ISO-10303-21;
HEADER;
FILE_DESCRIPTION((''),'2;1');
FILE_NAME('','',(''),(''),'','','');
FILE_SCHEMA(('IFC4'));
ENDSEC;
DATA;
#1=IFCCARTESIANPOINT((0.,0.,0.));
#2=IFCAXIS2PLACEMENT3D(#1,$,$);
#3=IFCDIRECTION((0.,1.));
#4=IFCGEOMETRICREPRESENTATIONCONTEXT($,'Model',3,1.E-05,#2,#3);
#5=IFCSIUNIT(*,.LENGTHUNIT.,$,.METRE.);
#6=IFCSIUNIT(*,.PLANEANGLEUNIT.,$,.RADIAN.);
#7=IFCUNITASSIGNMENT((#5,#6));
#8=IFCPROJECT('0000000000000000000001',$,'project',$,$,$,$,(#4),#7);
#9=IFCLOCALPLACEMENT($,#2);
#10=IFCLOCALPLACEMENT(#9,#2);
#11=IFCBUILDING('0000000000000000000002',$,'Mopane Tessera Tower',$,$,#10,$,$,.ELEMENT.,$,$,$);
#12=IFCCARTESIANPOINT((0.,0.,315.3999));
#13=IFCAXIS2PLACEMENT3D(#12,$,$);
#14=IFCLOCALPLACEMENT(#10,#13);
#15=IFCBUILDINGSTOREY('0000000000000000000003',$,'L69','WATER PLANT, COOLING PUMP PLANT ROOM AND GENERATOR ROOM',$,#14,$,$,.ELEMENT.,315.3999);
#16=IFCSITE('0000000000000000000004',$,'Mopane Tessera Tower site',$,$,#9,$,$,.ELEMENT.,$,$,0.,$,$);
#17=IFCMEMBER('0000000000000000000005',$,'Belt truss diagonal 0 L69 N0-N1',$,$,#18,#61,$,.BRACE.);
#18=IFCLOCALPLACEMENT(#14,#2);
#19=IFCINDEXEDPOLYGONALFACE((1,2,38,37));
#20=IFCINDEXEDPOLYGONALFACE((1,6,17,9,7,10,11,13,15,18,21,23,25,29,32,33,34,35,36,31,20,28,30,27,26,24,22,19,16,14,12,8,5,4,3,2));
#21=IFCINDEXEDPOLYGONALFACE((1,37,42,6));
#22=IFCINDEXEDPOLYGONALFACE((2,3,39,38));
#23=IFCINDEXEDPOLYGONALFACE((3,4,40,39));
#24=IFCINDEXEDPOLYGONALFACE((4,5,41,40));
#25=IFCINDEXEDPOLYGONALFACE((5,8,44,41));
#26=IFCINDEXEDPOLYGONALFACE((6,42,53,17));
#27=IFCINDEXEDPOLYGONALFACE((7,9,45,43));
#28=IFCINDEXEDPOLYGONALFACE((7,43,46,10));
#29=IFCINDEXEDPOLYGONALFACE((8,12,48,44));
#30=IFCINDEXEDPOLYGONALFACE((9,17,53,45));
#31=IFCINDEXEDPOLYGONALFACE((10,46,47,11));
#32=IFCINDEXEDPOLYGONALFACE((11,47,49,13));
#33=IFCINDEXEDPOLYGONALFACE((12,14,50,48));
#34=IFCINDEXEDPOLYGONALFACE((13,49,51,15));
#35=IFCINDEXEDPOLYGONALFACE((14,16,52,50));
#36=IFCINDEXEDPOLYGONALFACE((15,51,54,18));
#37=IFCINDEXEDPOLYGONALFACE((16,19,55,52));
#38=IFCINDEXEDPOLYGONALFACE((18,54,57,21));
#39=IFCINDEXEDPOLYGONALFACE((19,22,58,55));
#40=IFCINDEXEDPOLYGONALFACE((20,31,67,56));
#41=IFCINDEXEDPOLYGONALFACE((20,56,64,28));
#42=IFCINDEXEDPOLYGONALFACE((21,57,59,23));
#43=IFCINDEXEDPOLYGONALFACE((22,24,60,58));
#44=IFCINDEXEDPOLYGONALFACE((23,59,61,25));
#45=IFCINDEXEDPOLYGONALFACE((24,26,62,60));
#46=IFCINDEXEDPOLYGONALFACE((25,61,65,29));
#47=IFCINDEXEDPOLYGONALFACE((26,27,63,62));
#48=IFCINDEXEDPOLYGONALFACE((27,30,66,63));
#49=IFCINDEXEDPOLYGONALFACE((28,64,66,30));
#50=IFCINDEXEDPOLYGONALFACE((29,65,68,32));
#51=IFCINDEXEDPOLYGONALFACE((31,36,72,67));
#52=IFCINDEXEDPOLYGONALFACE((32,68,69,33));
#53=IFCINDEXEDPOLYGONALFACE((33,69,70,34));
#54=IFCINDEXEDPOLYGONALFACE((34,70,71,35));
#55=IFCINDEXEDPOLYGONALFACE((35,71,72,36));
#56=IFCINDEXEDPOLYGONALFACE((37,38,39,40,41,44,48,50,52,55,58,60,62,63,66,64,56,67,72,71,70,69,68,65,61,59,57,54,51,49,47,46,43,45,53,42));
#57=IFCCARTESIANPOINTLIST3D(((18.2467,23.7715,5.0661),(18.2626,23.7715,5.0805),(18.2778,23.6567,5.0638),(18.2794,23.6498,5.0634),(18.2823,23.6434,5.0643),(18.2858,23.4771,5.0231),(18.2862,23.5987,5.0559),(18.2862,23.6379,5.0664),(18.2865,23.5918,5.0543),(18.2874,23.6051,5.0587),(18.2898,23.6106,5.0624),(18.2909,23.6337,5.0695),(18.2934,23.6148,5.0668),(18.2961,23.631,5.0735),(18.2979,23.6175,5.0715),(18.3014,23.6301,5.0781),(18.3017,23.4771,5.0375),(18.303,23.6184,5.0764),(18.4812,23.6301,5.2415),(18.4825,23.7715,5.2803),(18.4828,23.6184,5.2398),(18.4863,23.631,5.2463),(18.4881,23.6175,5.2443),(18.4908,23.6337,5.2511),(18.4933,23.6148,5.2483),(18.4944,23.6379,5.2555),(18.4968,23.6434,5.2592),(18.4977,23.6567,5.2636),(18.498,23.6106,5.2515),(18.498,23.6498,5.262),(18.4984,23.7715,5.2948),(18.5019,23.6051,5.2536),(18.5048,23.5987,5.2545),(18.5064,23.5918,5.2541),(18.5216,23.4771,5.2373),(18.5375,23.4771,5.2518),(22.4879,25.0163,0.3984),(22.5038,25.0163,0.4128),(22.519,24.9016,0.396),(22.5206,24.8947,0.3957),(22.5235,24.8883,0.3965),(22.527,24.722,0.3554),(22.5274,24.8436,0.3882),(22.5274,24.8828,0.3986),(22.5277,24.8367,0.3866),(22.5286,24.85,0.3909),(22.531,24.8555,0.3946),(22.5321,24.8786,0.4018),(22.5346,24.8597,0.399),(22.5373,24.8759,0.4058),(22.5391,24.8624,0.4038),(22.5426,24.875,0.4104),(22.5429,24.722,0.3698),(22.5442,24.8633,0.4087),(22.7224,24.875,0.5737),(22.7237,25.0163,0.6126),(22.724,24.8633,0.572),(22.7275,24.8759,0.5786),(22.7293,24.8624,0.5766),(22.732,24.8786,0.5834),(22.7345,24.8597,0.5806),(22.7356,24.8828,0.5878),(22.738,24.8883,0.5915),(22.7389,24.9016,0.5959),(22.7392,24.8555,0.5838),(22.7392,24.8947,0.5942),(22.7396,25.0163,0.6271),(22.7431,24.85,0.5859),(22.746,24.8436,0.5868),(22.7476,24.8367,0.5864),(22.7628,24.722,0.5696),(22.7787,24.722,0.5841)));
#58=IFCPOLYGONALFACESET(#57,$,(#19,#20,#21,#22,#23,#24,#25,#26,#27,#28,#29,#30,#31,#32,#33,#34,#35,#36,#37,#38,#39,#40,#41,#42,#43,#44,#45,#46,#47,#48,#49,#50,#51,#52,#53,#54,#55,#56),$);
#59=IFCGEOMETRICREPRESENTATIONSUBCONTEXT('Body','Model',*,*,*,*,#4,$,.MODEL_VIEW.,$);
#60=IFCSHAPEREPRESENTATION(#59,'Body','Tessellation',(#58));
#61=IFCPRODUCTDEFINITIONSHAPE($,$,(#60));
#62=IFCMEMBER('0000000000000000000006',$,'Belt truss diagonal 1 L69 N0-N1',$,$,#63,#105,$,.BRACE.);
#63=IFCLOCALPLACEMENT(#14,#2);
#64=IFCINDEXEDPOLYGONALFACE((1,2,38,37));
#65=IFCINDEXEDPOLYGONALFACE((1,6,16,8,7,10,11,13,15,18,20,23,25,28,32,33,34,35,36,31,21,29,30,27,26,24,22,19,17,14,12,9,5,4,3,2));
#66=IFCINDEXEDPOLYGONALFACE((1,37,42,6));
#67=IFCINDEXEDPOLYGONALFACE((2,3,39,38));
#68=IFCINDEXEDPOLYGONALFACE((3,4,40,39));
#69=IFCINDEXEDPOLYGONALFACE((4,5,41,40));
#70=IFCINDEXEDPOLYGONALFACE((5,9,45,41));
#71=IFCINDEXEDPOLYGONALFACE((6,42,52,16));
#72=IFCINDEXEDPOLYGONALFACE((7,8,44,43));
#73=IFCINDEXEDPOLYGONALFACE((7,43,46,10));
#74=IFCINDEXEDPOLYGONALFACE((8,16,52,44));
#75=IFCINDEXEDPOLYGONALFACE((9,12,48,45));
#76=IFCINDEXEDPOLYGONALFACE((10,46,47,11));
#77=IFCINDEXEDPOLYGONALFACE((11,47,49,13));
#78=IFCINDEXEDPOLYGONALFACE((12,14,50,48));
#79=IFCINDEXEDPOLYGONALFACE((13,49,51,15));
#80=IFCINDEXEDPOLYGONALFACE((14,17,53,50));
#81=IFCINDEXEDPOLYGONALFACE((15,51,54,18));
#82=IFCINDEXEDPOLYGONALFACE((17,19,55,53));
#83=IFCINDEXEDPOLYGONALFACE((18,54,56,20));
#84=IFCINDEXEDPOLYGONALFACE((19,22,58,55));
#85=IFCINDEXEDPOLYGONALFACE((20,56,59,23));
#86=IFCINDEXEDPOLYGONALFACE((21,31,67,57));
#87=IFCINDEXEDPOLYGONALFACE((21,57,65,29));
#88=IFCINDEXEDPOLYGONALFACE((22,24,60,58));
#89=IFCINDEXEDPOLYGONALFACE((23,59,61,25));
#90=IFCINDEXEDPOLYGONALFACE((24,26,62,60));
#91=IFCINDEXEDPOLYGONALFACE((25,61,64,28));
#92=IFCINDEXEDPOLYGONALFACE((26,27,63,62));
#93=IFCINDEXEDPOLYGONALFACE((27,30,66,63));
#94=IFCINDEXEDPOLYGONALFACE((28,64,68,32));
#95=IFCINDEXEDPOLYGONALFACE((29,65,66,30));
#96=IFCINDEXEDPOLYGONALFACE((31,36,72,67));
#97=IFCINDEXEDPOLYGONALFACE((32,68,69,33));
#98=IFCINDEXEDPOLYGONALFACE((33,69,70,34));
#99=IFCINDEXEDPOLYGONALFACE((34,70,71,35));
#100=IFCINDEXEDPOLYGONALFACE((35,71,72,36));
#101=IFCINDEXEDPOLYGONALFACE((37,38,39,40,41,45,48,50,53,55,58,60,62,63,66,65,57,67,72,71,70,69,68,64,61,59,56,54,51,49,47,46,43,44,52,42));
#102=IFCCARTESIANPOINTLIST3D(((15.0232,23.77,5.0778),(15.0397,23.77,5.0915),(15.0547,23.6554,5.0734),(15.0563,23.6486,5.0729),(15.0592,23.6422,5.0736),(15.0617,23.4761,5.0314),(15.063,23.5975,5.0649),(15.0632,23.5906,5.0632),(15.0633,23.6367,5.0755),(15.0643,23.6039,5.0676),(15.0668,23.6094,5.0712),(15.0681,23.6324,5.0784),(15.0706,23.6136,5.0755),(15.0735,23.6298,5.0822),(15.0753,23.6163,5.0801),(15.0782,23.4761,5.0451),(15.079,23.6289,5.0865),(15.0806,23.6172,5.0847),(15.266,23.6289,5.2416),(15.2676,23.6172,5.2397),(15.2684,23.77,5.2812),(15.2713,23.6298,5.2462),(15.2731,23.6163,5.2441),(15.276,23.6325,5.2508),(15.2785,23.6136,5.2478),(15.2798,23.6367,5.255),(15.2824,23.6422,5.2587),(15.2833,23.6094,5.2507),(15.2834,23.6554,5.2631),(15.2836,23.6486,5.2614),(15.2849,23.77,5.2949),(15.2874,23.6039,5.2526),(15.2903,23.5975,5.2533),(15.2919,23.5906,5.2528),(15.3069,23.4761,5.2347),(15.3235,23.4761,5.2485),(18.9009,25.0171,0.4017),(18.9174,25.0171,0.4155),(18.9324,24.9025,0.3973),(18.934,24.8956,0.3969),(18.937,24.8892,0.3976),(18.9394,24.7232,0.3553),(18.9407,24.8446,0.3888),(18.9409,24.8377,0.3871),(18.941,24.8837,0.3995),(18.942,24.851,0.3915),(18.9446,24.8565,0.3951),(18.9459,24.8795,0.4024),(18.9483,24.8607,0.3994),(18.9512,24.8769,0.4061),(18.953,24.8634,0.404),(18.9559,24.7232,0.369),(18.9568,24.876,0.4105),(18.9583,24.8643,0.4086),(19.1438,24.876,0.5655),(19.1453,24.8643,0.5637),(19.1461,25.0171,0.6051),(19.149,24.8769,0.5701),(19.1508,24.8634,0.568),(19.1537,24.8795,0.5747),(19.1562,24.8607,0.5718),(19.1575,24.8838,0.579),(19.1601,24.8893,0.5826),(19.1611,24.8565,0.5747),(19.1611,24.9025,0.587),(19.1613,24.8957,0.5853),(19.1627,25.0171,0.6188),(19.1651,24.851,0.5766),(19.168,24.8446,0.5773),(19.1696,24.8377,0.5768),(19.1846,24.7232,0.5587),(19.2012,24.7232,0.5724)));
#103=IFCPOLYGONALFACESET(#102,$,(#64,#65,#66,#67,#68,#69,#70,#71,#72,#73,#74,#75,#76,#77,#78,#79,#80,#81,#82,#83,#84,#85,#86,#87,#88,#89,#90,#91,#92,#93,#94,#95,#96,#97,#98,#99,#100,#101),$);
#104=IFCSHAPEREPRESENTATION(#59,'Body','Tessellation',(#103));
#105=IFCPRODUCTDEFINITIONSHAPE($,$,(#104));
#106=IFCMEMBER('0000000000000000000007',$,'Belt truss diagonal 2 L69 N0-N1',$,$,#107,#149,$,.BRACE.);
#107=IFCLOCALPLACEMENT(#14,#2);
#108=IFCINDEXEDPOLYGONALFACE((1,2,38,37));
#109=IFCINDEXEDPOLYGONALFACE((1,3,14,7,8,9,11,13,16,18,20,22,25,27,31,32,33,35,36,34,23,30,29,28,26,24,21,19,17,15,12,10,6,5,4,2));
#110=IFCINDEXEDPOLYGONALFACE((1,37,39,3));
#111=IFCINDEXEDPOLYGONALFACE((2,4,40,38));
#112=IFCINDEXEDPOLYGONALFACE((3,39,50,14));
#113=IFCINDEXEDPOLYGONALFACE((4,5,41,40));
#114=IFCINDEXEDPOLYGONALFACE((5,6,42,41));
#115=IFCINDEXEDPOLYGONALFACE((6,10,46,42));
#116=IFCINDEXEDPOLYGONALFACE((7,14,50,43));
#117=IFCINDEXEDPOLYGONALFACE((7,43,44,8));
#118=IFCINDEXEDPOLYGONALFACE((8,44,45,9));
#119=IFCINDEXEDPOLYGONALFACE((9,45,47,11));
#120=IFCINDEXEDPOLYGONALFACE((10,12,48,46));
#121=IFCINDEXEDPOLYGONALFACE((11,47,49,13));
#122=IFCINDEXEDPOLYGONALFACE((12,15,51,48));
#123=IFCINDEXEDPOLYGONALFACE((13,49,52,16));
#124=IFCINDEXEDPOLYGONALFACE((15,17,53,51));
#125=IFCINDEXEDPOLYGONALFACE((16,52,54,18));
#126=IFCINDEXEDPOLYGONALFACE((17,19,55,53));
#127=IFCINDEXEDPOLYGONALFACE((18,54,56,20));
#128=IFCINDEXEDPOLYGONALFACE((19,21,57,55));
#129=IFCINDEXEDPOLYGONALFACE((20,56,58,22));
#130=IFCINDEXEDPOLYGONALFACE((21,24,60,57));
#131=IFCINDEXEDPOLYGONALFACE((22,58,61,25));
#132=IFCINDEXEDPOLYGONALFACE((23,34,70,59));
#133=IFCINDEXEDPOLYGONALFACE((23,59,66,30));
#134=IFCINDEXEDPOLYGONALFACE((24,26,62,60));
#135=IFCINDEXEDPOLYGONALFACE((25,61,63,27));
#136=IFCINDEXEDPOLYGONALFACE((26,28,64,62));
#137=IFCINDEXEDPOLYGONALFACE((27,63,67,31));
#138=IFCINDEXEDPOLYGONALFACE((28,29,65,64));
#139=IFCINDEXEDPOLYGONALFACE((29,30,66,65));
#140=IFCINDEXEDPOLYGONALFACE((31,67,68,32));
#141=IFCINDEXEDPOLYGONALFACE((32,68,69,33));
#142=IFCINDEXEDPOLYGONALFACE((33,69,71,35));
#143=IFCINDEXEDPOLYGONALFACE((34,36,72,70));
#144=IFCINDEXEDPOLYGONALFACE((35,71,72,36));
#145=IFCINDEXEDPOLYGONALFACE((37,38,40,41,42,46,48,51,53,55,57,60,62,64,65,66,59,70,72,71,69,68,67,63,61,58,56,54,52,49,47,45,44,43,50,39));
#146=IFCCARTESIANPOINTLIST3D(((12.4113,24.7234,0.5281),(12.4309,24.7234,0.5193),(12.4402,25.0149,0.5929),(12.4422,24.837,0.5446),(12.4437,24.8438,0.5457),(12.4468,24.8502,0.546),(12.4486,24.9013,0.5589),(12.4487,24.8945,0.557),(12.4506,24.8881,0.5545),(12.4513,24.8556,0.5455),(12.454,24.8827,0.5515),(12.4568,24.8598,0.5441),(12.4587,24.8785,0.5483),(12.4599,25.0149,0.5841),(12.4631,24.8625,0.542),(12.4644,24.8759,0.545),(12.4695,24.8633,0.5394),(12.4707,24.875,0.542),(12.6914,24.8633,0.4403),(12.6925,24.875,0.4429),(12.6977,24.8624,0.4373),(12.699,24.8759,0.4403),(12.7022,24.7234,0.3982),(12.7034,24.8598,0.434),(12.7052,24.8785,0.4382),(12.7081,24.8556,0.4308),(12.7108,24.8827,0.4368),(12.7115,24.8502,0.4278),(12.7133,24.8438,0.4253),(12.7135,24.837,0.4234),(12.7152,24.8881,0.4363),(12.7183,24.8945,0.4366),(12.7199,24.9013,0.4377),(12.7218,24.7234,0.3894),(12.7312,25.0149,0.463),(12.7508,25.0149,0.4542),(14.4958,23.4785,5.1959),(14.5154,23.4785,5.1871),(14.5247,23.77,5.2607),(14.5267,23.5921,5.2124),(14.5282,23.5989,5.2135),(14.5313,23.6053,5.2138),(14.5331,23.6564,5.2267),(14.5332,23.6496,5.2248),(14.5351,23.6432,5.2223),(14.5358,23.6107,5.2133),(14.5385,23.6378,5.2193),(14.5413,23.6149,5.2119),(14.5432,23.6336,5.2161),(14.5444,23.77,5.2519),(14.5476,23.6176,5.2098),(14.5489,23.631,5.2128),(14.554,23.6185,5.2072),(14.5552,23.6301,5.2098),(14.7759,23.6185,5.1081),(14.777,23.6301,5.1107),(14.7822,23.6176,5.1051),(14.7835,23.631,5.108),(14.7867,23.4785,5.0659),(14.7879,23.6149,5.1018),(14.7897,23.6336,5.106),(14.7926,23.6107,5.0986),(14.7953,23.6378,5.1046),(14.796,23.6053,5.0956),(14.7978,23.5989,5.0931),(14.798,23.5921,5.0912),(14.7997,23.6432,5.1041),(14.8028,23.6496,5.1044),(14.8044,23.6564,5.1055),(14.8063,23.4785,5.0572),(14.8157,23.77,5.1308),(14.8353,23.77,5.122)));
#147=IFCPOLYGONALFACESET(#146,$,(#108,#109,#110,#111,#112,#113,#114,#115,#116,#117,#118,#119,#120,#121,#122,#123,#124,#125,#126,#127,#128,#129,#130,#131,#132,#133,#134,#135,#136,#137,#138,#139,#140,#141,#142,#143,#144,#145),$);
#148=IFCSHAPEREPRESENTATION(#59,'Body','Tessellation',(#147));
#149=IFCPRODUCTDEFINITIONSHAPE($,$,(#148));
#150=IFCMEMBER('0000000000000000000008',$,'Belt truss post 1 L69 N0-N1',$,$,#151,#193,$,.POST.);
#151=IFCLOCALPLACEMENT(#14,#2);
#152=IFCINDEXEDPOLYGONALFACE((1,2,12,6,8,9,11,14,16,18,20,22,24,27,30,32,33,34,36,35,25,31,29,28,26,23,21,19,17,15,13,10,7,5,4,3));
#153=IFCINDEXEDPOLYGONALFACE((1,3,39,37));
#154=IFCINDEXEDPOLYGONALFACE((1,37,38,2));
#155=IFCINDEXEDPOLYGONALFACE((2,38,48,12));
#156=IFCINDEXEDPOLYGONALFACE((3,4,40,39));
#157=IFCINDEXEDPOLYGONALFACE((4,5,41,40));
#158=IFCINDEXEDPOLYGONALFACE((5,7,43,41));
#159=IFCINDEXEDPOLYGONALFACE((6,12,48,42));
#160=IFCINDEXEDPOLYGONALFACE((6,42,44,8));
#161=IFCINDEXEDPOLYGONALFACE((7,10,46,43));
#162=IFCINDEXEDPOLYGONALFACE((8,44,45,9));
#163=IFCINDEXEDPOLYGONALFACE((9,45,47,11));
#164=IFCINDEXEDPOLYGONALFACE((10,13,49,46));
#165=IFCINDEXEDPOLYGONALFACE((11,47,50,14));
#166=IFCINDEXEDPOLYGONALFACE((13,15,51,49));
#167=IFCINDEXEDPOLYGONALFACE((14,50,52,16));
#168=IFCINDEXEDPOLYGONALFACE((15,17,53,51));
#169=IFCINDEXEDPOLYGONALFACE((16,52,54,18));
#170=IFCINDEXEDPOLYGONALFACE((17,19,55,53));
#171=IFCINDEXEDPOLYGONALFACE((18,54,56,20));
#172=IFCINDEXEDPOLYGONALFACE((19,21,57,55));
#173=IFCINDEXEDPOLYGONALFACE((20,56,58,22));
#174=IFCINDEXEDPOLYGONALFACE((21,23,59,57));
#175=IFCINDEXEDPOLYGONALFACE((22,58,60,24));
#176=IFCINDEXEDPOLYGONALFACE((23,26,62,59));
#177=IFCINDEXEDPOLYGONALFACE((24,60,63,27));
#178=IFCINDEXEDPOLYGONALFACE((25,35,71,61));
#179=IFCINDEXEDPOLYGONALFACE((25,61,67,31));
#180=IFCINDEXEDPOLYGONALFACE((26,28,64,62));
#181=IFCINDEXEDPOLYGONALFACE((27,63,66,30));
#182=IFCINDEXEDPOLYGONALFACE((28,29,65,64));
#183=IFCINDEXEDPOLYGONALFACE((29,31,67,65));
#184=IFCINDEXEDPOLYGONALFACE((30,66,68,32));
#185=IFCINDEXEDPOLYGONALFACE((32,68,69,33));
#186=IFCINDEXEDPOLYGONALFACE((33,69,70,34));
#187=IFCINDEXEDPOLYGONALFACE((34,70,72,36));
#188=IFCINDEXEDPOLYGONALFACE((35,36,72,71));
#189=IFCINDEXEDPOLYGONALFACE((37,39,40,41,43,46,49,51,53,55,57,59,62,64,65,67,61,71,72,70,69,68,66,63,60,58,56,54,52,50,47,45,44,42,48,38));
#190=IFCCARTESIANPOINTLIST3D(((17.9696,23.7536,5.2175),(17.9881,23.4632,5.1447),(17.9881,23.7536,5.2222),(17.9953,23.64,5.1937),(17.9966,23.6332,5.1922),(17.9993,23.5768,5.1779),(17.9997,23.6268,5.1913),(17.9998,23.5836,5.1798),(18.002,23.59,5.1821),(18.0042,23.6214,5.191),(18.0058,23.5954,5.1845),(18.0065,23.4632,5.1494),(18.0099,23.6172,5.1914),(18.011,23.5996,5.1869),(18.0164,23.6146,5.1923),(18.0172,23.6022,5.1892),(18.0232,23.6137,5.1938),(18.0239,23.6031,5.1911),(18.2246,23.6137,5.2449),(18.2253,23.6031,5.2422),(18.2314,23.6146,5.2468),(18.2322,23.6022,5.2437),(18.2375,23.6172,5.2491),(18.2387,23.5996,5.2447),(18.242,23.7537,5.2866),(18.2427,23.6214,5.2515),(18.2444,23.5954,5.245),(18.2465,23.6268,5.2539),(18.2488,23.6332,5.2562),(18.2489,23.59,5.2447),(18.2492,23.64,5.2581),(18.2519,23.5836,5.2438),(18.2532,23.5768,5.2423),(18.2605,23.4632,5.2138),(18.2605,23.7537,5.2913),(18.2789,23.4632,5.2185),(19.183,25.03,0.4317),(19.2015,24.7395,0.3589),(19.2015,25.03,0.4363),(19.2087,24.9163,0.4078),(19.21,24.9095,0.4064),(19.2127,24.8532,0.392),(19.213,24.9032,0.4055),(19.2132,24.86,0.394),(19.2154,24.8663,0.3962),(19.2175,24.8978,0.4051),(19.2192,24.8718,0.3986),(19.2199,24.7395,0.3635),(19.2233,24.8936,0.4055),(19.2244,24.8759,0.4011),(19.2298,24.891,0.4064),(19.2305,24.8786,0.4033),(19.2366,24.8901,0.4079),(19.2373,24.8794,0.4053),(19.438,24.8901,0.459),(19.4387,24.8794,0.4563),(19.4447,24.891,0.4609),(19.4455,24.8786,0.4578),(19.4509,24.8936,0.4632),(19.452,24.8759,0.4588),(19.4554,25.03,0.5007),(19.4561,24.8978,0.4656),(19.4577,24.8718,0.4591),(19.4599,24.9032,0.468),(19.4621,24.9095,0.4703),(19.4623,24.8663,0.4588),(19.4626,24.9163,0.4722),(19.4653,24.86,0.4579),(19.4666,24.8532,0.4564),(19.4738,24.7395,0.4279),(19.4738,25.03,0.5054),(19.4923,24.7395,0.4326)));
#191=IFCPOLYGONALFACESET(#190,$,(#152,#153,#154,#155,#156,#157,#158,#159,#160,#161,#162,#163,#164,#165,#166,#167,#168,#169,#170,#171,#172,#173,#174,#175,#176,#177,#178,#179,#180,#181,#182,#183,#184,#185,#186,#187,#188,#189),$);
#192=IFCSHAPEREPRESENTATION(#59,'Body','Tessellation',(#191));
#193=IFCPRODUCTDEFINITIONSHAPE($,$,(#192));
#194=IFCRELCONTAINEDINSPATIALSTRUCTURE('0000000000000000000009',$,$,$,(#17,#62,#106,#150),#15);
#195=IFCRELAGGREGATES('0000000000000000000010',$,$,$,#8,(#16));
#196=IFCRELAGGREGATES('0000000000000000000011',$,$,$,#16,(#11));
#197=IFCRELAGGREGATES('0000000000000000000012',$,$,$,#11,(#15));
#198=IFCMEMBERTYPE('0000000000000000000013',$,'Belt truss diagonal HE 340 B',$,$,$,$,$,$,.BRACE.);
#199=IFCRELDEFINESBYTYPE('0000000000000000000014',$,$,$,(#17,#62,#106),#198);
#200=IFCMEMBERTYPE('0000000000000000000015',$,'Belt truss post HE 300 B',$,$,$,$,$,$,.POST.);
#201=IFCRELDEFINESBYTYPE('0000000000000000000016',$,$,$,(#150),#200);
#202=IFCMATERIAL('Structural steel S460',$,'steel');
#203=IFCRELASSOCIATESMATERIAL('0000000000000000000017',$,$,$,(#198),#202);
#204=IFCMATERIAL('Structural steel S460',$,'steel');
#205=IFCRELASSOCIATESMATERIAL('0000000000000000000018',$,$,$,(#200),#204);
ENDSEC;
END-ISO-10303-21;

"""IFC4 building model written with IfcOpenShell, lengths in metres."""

from ifc_helpers import new_model, si_unit, direction, frame, origin, origin_2d, place, context, subcontext, project, spatial, i_section, extrude, material, material_profile, profile_set, type_object, element, save


model = new_model("IFC4")

# Units and contexts
model_context = context("Model", 3, precision=1e-05, world=origin(), true_north=direction((0.0, 1.0)))
body_context = subcontext(model_context, "Body", "Model", "MODEL_VIEW")
ifc_project = project(units=[si_unit("LENGTHUNIT", "METRE"), si_unit("PLANEANGLEUNIT", "RADIAN")], contexts=[model_context])

# Site, building, storey
site_placement = place(None, origin())
site = spatial("IfcSite", under=ifc_project, at=site_placement, Name="Mopane Tessera Tower site", CompositionType="ELEMENT", RefElevation=0.0)
building_placement = place(site_placement, origin())
building = spatial("IfcBuilding", under=site, at=building_placement, Name="Mopane Tessera Tower", CompositionType="ELEMENT")
storey_placement = place(building_placement, frame((0.0, 0.0, 315.3999)))
storey = spatial("IfcBuildingStorey", under=building, at=storey_placement, Name="L69", Description="WATER PLANT, COOLING PUMP PLANT ROOM AND GENERATOR ROOM", CompositionType="ELEMENT", Elevation=315.3999)

# Members
ifc_material_1 = material(Name="Structural steel S460", Category="steel")
ifc_material_profile_1 = material_profile(ifc_material_1, i_section(OverallWidth=0.3, OverallDepth=0.3401, WebThickness=0.012, FlangeThickness=0.0215, FilletRadius=0.0271, at=origin_2d()))
ifc_profile_set_1 = profile_set([ifc_material_profile_1], Name="Structural steel S460")
member_type_1 = type_object("IfcMemberType", Name="Belt truss diagonal HE 340 B", PredefinedType="BRACE", material=ifc_profile_set_1)
member_1_placement = place(storey_placement, frame((22.6333, 24.8691, 0.4912), z_axis=(-0.659754, -0.19365, 0.726102), x_axis=(0.130234, -0.981071, -0.143316)))
element("IfcMember", 1, at=member_1_placement, inside=storey, type_object=member_type_1, Name="Belt truss diagonal 0 L69 N0-N1", PredefinedType="BRACE", context=body_context, shape_type="SweptSolid", body=[
    extrude(i_section(OverallWidth=0.3, OverallDepth=0.3401, WebThickness=0.012, FlangeThickness=0.0215, FilletRadius=0.0271, at=origin_2d()), origin(), (0.0, 0.0, 1.0), 6.4285),
])
member_2_placement = place(storey_placement, frame((19.051, 24.8701, 0.4871), z_axis=(-0.625296, -0.201096, 0.754032), x_axis=(0.128379, -0.979571, -0.154785)))
element("IfcMember", 2, at=member_2_placement, inside=storey, type_object=member_type_1, Name="Belt truss diagonal 1 L69 N0-N1", PredefinedType="BRACE", context=body_context, shape_type="SweptSolid", body=[
    extrude(i_section(OverallWidth=0.3, OverallDepth=0.3401, WebThickness=0.012, FlangeThickness=0.0215, FilletRadius=0.0271, at=origin_2d()), origin(), (0.0, 0.0, 1.0), 6.2014),
])
member_3_placement = place(storey_placement, frame((14.6655, 23.6243, 5.1589), z_axis=(-0.396182, 0.236605, -0.887163), x_axis=(-0.096501, -0.971606, -0.216031)))
element("IfcMember", 3, at=member_3_placement, inside=storey, type_object=member_type_1, Name="Belt truss diagonal 2 L69 N0-N1", PredefinedType="BRACE", context=body_context, shape_type="SweptSolid", body=[
    extrude(i_section(OverallWidth=0.3, OverallDepth=0.3401, WebThickness=0.012, FlangeThickness=0.0215, FilletRadius=0.0271, at=origin_2d()), origin(), (0.0, 0.0, 1.0), 5.2615),
])
ifc_material_2 = material(Name="Structural steel S460", Category="steel")
ifc_material_profile_2 = material_profile(ifc_material_2, i_section(OverallWidth=0.3, OverallDepth=0.3, WebThickness=0.011, FlangeThickness=0.019, FilletRadius=0.0271, at=origin_2d()))
ifc_profile_set_2 = profile_set([ifc_material_profile_2], Name="Structural steel S460")
member_type_2 = type_object("IfcMemberType", Name="Belt truss post HE 300 B", PredefinedType="POST", material=ifc_profile_set_2)
member_4_placement = place(storey_placement, frame((19.3376, 24.8848, 0.4321), z_axis=(-0.237935, -0.250287, 0.938479), x_axis=(0.061516, -0.968172, -0.242609)))
element("IfcMember", 4, at=member_4_placement, inside=storey, type_object=member_type_2, Name="Belt truss post 1 L69 N0-N1", PredefinedType="POST", context=body_context, shape_type="SweptSolid", body=[
    extrude(i_section(OverallWidth=0.3, OverallDepth=0.3, WebThickness=0.011, FlangeThickness=0.019, FilletRadius=0.0271, at=origin_2d()), origin(), (0.0, 0.0, 1.0), 5.0996),
])

save(model, "model.ifc")
